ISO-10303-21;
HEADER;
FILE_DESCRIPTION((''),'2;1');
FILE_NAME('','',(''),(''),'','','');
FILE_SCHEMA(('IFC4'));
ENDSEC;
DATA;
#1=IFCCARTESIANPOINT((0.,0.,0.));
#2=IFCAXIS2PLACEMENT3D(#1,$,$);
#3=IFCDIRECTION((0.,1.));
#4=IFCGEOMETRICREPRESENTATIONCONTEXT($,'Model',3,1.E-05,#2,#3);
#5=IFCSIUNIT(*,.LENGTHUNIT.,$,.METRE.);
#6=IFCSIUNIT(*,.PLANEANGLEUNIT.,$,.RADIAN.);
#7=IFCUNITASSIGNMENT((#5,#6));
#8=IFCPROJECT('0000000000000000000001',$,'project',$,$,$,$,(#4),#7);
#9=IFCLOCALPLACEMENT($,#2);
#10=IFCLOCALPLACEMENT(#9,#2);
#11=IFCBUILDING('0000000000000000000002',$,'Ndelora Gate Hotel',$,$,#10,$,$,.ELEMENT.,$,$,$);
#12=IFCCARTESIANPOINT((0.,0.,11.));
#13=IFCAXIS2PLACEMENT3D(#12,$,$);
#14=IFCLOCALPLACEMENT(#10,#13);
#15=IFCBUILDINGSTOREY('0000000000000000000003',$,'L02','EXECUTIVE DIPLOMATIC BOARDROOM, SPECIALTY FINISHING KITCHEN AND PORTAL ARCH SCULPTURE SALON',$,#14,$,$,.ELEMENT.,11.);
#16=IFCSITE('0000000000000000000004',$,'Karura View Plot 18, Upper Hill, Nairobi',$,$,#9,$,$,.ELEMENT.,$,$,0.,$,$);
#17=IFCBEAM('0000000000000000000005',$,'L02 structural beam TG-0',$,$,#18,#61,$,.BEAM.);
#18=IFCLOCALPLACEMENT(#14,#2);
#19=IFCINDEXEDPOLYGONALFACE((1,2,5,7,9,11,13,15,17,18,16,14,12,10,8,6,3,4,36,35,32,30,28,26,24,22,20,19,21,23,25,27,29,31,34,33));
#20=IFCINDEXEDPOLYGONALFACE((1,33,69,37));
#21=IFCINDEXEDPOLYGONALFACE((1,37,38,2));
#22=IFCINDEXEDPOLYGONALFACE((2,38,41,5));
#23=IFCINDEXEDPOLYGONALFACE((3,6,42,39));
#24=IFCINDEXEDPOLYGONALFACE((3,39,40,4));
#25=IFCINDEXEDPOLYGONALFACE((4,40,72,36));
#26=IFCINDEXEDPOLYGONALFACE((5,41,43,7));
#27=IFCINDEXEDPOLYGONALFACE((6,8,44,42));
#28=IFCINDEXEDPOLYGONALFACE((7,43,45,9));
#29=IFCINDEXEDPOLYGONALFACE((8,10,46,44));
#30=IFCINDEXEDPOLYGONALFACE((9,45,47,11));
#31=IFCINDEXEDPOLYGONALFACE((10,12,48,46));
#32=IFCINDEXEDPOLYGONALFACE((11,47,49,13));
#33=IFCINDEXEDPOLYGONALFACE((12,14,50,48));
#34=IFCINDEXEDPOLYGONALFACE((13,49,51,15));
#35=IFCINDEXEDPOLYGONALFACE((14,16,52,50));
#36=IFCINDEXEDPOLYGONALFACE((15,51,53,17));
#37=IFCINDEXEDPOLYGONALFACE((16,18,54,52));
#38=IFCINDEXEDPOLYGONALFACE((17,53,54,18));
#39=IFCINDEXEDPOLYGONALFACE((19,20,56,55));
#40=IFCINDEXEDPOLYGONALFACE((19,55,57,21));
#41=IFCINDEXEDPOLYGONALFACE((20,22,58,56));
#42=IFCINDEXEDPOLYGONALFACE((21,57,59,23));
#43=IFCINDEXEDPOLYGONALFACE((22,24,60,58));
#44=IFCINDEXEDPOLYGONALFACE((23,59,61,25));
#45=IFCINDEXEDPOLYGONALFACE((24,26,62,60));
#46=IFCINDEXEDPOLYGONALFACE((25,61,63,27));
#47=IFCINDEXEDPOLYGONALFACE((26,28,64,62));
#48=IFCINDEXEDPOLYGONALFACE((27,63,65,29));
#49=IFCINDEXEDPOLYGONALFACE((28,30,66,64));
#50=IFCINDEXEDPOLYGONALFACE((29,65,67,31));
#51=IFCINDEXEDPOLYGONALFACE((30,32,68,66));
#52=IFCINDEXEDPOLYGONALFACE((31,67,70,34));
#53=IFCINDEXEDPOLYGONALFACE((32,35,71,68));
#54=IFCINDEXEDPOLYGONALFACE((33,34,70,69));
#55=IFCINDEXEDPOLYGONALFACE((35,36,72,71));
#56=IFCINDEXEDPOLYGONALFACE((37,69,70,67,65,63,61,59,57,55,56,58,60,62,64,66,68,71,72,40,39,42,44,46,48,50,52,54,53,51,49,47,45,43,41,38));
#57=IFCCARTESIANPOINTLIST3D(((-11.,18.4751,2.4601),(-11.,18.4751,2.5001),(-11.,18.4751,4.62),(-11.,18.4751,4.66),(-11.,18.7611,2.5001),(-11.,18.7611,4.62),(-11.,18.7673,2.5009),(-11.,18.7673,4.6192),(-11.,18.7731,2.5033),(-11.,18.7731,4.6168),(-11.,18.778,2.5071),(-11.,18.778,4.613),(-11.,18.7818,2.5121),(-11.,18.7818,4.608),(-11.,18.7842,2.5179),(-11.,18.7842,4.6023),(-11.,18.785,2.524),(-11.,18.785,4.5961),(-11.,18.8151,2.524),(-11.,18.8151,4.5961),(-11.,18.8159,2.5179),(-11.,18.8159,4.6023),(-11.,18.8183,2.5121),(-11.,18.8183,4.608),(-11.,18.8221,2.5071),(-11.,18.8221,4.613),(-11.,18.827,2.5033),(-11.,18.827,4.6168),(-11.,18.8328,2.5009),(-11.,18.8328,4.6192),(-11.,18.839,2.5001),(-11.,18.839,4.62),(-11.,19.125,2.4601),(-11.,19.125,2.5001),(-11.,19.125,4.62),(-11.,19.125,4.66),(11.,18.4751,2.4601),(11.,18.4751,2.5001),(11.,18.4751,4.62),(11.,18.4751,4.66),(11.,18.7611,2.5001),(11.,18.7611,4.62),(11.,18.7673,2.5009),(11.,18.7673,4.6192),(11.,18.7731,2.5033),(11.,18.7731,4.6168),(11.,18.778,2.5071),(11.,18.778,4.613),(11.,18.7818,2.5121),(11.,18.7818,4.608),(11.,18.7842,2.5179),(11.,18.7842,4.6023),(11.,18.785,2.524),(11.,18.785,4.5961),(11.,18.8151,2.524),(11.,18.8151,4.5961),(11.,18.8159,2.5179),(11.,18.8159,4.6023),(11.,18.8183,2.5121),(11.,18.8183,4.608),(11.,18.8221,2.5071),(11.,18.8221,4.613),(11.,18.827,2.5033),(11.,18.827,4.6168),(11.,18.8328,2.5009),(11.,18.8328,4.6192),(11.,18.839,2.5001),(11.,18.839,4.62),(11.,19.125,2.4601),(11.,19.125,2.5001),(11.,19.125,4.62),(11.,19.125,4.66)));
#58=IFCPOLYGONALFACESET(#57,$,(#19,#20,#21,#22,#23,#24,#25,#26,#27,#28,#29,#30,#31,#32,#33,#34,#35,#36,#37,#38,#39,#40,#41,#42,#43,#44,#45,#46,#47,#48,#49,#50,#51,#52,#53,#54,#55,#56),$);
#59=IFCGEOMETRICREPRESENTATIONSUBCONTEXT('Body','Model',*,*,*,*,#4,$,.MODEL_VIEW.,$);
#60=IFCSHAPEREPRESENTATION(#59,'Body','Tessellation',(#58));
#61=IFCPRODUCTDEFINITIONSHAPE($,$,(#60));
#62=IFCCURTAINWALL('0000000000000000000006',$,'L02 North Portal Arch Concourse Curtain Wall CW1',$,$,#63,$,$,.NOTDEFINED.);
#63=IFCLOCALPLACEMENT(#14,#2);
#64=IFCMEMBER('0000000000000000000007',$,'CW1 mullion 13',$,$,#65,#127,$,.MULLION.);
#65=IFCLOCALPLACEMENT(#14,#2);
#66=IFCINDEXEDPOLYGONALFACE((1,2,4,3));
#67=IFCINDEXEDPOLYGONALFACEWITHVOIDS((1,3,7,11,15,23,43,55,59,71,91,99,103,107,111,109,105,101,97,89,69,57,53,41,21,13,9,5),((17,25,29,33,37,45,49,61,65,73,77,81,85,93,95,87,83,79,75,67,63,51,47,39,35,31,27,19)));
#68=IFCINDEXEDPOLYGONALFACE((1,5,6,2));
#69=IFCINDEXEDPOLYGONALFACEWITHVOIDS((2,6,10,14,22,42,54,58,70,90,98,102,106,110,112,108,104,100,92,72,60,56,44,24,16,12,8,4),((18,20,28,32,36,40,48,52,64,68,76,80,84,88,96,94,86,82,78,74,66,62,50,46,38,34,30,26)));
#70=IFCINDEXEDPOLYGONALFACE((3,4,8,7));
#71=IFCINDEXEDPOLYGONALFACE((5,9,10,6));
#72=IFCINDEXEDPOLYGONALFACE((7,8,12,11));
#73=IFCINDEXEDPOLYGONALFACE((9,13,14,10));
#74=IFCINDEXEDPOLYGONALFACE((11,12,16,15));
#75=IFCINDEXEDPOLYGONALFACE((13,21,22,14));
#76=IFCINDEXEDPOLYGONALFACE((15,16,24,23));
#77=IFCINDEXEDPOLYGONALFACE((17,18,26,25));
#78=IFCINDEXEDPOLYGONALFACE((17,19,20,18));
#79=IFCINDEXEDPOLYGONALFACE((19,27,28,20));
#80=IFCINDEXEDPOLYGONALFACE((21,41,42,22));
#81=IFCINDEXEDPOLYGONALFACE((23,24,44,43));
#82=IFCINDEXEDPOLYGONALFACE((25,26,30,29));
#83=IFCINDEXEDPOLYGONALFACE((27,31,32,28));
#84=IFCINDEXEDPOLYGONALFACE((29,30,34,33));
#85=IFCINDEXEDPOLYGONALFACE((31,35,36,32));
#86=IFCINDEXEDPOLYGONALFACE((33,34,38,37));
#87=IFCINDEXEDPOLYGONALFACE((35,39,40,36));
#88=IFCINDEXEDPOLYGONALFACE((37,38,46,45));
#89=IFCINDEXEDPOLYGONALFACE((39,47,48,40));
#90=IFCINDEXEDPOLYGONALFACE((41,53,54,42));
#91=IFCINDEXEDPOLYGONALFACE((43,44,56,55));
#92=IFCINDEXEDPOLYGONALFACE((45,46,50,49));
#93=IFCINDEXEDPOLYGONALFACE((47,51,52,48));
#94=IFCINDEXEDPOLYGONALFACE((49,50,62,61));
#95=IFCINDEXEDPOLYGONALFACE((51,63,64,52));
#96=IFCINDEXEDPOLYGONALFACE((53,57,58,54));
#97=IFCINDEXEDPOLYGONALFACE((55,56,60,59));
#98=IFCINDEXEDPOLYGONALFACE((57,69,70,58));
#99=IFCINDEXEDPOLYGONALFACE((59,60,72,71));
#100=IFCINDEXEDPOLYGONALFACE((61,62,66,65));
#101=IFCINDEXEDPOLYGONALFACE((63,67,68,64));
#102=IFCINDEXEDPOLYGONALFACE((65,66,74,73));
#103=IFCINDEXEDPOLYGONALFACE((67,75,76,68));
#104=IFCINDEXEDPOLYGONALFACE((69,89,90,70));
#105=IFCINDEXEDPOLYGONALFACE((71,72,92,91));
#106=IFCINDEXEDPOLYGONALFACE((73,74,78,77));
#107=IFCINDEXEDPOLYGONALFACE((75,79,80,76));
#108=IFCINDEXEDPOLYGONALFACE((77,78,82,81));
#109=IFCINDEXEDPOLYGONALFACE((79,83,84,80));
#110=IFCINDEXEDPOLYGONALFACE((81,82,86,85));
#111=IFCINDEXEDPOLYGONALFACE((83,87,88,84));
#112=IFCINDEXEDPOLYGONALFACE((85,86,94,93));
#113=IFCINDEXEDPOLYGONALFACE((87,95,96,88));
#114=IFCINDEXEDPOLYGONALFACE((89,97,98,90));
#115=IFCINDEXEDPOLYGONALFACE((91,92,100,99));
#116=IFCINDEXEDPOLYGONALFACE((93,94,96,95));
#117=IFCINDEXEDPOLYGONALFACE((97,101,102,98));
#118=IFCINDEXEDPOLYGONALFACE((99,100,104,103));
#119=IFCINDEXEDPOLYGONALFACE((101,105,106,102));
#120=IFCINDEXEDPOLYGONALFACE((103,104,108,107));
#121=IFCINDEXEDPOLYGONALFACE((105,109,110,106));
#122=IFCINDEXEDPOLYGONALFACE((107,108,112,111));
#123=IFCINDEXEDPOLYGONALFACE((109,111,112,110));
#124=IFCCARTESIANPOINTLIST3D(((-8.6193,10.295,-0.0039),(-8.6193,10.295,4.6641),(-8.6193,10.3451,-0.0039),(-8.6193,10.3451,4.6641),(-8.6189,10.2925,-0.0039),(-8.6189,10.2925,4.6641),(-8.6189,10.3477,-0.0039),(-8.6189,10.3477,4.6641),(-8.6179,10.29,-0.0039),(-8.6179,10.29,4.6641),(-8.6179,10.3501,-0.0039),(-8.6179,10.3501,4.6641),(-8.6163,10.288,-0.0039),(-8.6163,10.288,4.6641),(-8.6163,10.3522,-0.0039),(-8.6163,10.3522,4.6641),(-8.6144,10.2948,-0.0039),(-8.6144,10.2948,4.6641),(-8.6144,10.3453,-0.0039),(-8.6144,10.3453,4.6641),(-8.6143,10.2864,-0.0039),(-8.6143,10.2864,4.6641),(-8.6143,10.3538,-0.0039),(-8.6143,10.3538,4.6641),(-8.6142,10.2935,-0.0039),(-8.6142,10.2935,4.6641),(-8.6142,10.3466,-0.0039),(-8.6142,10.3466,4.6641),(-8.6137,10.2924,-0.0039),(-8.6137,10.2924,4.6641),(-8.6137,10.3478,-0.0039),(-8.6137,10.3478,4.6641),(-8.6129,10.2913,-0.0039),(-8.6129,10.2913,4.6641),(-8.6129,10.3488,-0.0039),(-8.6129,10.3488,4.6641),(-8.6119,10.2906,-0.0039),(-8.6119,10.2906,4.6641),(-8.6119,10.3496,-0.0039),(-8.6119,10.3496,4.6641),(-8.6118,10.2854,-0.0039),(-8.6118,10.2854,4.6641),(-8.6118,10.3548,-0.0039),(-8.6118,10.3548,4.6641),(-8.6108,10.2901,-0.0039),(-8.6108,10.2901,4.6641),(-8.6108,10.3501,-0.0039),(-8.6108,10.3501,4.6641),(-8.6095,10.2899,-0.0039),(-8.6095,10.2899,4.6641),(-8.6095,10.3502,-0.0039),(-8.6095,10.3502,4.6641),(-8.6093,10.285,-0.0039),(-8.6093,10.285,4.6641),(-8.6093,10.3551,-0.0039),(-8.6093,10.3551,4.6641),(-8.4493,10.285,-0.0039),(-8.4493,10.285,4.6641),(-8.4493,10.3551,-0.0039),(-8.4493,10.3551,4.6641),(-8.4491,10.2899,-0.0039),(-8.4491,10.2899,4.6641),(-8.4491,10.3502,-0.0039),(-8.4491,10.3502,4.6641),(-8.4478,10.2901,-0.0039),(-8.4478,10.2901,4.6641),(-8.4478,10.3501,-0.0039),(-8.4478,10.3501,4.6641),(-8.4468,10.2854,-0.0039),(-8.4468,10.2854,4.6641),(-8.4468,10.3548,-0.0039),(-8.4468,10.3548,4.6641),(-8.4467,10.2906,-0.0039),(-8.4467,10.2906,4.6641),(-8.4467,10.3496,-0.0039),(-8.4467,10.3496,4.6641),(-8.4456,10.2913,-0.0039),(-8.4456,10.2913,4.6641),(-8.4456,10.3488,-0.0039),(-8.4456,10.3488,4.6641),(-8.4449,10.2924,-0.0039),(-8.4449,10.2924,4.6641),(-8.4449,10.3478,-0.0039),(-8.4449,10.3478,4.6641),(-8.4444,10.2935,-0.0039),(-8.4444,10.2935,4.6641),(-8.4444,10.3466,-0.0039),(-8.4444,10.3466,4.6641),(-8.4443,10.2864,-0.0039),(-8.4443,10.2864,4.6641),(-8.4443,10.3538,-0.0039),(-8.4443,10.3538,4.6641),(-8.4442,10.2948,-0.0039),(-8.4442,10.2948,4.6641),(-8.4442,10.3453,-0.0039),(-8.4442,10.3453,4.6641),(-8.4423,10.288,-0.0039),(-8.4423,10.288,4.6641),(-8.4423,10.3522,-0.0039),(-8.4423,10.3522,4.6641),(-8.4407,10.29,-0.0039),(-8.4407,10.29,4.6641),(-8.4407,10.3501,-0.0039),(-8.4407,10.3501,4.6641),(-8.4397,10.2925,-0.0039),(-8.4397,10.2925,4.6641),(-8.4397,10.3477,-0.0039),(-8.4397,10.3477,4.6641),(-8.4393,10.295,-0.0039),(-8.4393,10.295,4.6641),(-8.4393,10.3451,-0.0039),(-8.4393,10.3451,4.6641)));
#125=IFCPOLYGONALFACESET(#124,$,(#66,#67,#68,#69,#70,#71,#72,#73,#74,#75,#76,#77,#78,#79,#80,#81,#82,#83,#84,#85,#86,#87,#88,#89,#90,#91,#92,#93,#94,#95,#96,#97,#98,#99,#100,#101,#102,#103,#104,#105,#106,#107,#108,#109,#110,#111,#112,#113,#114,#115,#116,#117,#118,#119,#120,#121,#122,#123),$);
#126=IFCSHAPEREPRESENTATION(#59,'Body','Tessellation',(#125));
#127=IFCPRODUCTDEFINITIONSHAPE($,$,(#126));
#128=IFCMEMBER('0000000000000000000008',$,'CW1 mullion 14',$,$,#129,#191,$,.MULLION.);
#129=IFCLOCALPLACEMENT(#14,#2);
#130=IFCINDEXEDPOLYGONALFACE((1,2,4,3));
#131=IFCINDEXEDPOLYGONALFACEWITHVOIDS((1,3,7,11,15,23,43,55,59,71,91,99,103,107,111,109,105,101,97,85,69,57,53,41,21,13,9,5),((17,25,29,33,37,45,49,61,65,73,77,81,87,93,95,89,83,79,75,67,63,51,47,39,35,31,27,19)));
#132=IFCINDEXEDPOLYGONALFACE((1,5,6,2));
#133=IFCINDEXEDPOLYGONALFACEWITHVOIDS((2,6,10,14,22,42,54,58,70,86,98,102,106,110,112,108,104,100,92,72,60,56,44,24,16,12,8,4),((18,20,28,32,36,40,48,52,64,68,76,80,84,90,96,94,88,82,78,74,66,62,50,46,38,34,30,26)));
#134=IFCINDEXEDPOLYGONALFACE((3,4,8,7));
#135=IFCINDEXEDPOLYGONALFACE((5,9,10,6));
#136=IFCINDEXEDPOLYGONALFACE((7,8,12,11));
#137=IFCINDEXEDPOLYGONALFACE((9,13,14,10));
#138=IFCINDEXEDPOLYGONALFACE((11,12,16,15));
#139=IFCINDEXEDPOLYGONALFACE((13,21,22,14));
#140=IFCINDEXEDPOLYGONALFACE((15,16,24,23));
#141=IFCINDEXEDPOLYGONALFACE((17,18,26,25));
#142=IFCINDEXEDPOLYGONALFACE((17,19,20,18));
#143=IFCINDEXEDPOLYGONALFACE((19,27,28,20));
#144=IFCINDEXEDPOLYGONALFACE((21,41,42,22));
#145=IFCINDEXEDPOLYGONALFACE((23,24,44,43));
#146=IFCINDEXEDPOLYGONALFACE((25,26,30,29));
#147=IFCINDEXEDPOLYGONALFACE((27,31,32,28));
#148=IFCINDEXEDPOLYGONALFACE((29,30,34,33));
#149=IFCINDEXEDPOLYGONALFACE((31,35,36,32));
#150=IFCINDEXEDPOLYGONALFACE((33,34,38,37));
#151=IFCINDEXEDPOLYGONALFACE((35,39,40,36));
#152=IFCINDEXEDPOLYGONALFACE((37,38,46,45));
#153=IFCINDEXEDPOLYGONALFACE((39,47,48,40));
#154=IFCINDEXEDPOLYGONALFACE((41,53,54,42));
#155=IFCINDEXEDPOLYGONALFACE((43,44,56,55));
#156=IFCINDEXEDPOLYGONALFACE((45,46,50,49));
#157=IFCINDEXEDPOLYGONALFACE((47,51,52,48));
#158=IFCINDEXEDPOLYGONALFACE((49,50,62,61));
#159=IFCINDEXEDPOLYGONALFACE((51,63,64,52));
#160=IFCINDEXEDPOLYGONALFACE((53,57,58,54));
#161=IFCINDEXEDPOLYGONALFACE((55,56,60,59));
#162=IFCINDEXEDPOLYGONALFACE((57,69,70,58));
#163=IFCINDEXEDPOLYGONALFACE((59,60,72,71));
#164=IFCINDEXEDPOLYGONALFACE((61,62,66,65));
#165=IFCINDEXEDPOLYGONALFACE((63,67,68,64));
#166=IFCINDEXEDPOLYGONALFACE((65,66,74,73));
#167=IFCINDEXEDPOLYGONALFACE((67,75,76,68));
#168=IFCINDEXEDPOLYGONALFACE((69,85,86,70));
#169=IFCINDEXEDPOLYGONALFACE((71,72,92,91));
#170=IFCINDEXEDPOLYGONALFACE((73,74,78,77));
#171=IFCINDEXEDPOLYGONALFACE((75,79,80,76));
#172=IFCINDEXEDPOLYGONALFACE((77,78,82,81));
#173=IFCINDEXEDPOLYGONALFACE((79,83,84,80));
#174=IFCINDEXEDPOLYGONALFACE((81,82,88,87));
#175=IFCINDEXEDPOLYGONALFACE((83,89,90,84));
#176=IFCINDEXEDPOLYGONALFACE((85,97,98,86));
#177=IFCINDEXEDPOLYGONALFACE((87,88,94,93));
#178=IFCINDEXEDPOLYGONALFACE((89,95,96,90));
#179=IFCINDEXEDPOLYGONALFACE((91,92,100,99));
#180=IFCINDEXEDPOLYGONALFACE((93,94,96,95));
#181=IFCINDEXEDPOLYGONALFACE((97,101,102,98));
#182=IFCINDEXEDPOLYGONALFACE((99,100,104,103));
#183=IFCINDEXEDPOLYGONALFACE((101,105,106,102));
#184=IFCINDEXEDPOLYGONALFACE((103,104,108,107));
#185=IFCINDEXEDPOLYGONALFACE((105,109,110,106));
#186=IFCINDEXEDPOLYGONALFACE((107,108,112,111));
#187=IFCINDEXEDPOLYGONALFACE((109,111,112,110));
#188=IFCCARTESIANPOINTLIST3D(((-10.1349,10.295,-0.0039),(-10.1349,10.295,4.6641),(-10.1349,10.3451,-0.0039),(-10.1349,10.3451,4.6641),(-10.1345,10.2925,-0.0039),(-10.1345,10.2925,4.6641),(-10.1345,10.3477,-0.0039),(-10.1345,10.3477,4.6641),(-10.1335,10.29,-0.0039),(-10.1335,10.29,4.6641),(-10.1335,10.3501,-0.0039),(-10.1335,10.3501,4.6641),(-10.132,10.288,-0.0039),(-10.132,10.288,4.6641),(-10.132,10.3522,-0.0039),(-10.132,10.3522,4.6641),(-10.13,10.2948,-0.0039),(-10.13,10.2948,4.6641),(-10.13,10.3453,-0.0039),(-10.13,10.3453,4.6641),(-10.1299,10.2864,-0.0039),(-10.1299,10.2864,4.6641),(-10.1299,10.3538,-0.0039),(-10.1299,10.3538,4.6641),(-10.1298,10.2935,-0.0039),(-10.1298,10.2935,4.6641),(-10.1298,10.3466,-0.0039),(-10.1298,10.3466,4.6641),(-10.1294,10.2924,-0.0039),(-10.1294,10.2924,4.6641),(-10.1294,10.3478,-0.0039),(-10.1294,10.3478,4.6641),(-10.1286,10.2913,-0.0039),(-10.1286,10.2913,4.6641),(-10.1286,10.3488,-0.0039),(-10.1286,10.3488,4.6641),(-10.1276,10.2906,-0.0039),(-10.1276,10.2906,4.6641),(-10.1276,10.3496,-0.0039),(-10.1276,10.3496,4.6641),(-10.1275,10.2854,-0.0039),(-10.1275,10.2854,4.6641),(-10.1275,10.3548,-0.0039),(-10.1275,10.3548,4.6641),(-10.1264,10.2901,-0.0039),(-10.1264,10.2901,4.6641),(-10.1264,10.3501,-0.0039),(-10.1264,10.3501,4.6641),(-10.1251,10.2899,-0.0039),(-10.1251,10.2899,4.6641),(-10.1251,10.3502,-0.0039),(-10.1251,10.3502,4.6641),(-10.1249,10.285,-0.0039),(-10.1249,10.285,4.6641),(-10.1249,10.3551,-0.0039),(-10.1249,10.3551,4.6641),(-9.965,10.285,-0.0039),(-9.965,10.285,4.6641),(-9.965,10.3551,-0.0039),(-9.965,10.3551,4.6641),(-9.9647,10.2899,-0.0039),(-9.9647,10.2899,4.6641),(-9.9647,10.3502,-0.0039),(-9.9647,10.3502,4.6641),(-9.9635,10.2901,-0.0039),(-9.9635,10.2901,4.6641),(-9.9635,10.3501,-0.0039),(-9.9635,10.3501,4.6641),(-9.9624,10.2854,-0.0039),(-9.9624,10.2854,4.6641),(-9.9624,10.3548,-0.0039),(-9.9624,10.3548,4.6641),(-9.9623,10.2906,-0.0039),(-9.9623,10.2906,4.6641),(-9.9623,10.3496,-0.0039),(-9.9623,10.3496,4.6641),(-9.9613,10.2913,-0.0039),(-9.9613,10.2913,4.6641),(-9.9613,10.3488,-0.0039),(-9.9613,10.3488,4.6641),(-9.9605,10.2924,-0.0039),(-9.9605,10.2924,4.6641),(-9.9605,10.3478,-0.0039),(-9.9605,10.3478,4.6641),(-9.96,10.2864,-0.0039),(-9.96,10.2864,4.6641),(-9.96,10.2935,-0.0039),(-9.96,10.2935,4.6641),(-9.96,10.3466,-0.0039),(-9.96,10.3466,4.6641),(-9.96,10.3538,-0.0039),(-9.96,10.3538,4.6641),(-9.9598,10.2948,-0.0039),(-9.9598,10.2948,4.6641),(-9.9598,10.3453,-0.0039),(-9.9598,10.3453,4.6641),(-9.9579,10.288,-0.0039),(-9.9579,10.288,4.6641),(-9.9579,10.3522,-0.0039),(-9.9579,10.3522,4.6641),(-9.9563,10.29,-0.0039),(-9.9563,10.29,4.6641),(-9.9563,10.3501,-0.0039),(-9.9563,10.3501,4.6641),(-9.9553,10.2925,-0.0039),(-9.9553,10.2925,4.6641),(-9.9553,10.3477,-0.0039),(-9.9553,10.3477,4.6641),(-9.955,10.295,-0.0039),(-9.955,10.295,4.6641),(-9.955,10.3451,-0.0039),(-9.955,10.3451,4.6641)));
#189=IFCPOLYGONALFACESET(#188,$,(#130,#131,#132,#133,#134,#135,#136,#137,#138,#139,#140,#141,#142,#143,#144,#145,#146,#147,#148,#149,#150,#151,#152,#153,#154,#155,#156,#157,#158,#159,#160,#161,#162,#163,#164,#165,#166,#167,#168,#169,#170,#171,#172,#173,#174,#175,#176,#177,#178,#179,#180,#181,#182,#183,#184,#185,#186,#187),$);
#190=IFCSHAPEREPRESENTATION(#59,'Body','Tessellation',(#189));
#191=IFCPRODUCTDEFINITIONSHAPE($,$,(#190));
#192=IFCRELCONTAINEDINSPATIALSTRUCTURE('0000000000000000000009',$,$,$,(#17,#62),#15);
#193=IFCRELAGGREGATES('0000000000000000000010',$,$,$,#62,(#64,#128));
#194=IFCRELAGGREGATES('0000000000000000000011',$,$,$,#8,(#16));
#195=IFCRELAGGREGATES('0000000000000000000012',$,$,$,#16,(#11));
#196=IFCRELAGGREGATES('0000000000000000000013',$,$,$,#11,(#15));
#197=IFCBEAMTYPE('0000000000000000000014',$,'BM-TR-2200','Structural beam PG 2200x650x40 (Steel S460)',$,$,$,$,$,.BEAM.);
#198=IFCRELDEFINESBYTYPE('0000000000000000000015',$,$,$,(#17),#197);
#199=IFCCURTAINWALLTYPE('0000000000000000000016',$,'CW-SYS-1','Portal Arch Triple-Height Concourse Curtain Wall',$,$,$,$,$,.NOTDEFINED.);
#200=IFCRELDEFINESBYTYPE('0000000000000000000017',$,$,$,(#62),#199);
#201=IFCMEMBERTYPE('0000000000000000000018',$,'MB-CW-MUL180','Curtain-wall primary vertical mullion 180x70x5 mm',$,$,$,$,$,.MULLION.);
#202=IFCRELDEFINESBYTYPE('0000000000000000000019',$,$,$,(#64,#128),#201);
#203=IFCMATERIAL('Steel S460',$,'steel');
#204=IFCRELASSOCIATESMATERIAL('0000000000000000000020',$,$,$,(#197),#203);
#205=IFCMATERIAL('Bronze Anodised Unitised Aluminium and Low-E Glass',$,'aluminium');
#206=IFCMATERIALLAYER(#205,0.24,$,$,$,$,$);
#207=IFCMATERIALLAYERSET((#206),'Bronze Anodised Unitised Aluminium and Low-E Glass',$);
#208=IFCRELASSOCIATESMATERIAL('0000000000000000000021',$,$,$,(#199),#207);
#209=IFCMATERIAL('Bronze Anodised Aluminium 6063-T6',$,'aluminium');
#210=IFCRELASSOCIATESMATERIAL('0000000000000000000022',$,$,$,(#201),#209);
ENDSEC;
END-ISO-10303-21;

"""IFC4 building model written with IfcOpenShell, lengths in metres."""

from ifc_helpers import new_model, si_unit, direction, frame, origin, origin_2d, place, context, subcontext, project, spatial, hollow_rectangle, i_section, extrude, material, layer, layer_set, material_profile, profile_set, type_object, element, aggregate, save


model = new_model("IFC4")

# Units and contexts
model_context = context("Model", 3, precision=1e-05, world=origin(), true_north=direction((0.0, 1.0)))
body_context = subcontext(model_context, "Body", "Model", "MODEL_VIEW")
ifc_project = project(units=[si_unit("LENGTHUNIT", "METRE"), si_unit("PLANEANGLEUNIT", "RADIAN")], contexts=[model_context])

# Site, building, storey
site_placement = place(None, origin())
site = spatial("IfcSite", under=ifc_project, at=site_placement, Name="Karura View Plot 18, Upper Hill, Nairobi", CompositionType="ELEMENT", RefElevation=0.0)
building_placement = place(site_placement, origin())
building = spatial("IfcBuilding", under=site, at=building_placement, Name="Ndelora Gate Hotel", CompositionType="ELEMENT")
storey_placement = place(building_placement, frame((0.0, 0.0, 11.0)))
storey = spatial("IfcBuildingStorey", under=building, at=storey_placement, Name="L02", Description="EXECUTIVE DIPLOMATIC BOARDROOM, SPECIALTY FINISHING KITCHEN AND PORTAL ARCH SCULPTURE SALON", CompositionType="ELEMENT", Elevation=11.0)

# Beam
ifc_material_1 = material(Name="Steel S460", Category="steel")
ifc_material_profile_1 = material_profile(ifc_material_1, i_section(OverallWidth=0.6499, OverallDepth=2.2, WebThickness=0.03, FlangeThickness=0.04, FilletRadius=0.0239, at=origin_2d()), Name="PG 2200x650x40")
ifc_profile_set_1 = profile_set([ifc_material_profile_1], Name="Steel S460")
beam_type_1 = type_object("IfcBeamType", Name="BM-TR-2200", Description="Structural beam PG 2200x650x40 (Steel S460)", PredefinedType="BEAM", material=ifc_profile_set_1)
for number, where, z_axis, x_axis, name in (
    (1, (-11.0, 18.8, 3.5601), (1.0, 0.0, 0.0), (0.0, 1.0, 0.0), "L02 structural beam TG-0"),
):
    element("IfcBeam", number, at=place(storey_placement, frame(where, z_axis=z_axis, x_axis=x_axis)), inside=storey, type_object=beam_type_1, Name=name, PredefinedType="BEAM", context=body_context, shape_type="SweptSolid", body=[
        extrude(i_section(OverallWidth=0.6499, OverallDepth=2.2, WebThickness=0.03, FlangeThickness=0.04, FilletRadius=0.0239, at=origin_2d()), origin(), (0.0, 0.0, 1.0), 22.0),
    ])

# Curtain wall, members
ifc_material_2 = material(Name="Bronze Anodised Unitised Aluminium and Low-E Glass", Category="aluminium")
ifc_layer_1 = layer(ifc_material_2, 0.24)
ifc_layer_set_1 = layer_set([ifc_layer_1], Name="Bronze Anodised Unitised Aluminium and Low-E Glass")
curtain_wall_type = type_object("IfcCurtainWallType", Name="CW-SYS-1", Description="Portal Arch Triple-Height Concourse Curtain Wall", PredefinedType="NOTDEFINED", material=ifc_layer_set_1)
curtain_wall_placement = place(storey_placement, origin())
curtain_wall = element("IfcCurtainWall", 2, at=curtain_wall_placement, inside=storey, type_object=curtain_wall_type, Name="L02 North Portal Arch Concourse Curtain Wall CW1", PredefinedType="NOTDEFINED")
ifc_material_3 = material(Name="Bronze Anodised Aluminium 6063-T6", Category="aluminium")
ifc_material_profile_2 = material_profile(ifc_material_3, hollow_rectangle(XDim=0.0701, YDim=0.1799, WallThickness=0.0049, InnerFilletRadius=0.0049, OuterFilletRadius=0.01, at=origin_2d()), Name="ALU 180x70x5")
ifc_profile_set_2 = profile_set([ifc_material_profile_2], Name="Bronze Anodised Aluminium 6063-T6")
member_type_1 = type_object("IfcMemberType", Name="MB-CW-MUL180", Description="Curtain-wall primary vertical mullion 180x70x5 mm", PredefinedType="MULLION", material=ifc_profile_set_2)
member_1_placement = place(storey_placement, frame((-8.5293, 10.3201, -0.0039), z_axis=(0.0, 0.0, 1.0), x_axis=(0.0, -1.0, 0.0)))
member_1 = element("IfcMember", 3, at=member_1_placement, type_object=member_type_1, Name="CW1 mullion 13", PredefinedType="MULLION", context=body_context, shape_type="SweptSolid", body=[
    extrude(hollow_rectangle(XDim=0.0701, YDim=0.1799, WallThickness=0.0049, InnerFilletRadius=0.0049, OuterFilletRadius=0.01, at=origin_2d()), origin(), (0.0, 0.0, 1.0), 4.668),
])
member_2_placement = place(storey_placement, frame((-10.0449, 10.3201, -0.0039), z_axis=(0.0, 0.0, 1.0), x_axis=(0.0, -1.0, 0.0)))
member_2 = element("IfcMember", 4, at=member_2_placement, type_object=member_type_1, Name="CW1 mullion 14", PredefinedType="MULLION", context=body_context, shape_type="SweptSolid", body=[
    extrude(hollow_rectangle(XDim=0.0701, YDim=0.1799, WallThickness=0.0049, InnerFilletRadius=0.0049, OuterFilletRadius=0.01, at=origin_2d()), origin(), (0.0, 0.0, 1.0), 4.668),
])
aggregate(curtain_wall, [member_1, member_2])

save(model, "model.ifc")
